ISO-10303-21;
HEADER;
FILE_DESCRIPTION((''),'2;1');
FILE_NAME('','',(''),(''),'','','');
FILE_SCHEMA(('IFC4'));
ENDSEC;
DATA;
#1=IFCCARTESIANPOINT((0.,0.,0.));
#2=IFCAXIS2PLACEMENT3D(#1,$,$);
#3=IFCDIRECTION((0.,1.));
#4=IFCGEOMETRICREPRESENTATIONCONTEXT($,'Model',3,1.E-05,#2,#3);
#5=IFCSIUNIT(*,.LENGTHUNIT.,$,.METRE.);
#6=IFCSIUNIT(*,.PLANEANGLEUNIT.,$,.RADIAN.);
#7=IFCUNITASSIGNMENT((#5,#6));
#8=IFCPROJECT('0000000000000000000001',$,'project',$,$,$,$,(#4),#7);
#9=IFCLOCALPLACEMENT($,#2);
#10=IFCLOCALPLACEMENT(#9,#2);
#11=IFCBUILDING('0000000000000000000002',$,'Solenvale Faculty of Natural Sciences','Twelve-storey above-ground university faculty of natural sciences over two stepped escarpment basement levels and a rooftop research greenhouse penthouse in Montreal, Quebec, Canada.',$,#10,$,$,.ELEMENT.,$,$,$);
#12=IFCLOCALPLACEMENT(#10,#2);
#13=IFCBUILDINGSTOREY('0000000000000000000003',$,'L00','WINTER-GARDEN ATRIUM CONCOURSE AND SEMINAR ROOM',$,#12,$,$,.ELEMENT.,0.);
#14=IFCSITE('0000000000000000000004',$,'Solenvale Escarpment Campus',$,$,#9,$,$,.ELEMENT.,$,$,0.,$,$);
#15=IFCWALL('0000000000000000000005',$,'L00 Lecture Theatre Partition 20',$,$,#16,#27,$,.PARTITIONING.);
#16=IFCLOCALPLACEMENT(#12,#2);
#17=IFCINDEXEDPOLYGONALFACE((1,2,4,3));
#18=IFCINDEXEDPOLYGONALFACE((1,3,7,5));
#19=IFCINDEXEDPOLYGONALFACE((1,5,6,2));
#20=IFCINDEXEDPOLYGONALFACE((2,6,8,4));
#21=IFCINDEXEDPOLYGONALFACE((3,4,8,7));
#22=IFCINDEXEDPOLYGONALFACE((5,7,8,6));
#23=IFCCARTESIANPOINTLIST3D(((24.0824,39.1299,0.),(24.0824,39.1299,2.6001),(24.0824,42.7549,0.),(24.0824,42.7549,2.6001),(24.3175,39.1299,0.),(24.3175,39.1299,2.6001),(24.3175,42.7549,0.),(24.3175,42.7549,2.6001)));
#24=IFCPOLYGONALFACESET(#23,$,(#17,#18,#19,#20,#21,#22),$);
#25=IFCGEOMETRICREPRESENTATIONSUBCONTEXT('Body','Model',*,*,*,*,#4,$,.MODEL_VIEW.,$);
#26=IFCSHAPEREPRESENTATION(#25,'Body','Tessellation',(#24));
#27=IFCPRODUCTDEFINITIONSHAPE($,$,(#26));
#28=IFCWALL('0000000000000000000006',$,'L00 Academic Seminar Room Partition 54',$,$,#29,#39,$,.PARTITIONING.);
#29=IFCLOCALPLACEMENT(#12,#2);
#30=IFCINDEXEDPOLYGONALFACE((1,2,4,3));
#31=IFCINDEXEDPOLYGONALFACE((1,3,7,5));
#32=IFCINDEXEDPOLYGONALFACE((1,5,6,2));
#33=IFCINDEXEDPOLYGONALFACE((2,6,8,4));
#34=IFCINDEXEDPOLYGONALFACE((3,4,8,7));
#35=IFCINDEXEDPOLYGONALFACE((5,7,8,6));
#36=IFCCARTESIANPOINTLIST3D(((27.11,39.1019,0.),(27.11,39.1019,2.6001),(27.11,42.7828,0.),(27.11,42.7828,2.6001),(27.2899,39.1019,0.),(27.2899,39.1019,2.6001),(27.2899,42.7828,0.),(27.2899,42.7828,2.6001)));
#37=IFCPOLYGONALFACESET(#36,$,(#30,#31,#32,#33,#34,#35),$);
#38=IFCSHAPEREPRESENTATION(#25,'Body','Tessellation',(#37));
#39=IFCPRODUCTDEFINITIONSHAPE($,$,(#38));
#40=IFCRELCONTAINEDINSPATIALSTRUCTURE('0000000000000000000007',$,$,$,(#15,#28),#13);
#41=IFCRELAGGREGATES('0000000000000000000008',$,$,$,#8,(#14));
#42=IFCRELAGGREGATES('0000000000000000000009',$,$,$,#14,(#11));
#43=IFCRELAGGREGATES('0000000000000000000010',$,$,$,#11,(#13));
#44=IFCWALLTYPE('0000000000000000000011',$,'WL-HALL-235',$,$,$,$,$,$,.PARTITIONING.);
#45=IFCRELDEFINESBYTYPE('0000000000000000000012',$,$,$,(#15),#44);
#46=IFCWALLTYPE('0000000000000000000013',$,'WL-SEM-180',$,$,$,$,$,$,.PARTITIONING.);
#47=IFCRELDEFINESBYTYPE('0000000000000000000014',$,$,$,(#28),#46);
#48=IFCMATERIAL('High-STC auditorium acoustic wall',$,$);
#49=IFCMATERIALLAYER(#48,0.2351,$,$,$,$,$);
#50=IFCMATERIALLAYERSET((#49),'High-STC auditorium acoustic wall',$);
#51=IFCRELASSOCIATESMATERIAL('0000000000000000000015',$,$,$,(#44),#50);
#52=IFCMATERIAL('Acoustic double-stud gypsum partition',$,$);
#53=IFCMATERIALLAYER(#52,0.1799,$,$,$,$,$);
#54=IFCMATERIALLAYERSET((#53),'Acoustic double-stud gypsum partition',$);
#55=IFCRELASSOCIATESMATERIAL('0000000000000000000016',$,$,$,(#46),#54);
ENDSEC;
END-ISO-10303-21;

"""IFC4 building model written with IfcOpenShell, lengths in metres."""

from ifc_helpers import new_model, si_unit, direction, frame, frame_2d, origin, place, context, subcontext, project, spatial, rectangle, extrude, material, layer, layer_set, type_object, element, save


model = new_model("IFC4")

# Units and contexts
model_context = context("Model", 3, precision=1e-05, world=origin(), true_north=direction((0.0, 1.0)))
body_context = subcontext(model_context, "Body", "Model", "MODEL_VIEW")
ifc_project = project(units=[si_unit("LENGTHUNIT", "METRE"), si_unit("PLANEANGLEUNIT", "RADIAN")], contexts=[model_context])

# Site, building, storey
site_placement = place(None, origin())
site = spatial("IfcSite", under=ifc_project, at=site_placement, Name="Solenvale Escarpment Campus", CompositionType="ELEMENT", RefElevation=0.0)
building_placement = place(site_placement, origin())
building = spatial("IfcBuilding", under=site, at=building_placement, Name="Solenvale Faculty of Natural Sciences", Description="Twelve-storey above-ground university faculty of natural sciences over two stepped escarpment basement levels and a rooftop research greenhouse penthouse in Montreal, Quebec, Canada.", CompositionType="ELEMENT")
storey_placement = place(building_placement, origin())
storey = spatial("IfcBuildingStorey", under=building, at=storey_placement, Name="L00", Description="WINTER-GARDEN ATRIUM CONCOURSE AND SEMINAR ROOM", CompositionType="ELEMENT", Elevation=0.0)

# Shared definitions
ifc_material_1 = material(Name="High-STC auditorium acoustic wall")
ifc_layer_1 = layer(ifc_material_1, 0.2351)
ifc_layer_set_1 = layer_set([ifc_layer_1], Name="High-STC auditorium acoustic wall")
wall_type_1 = type_object("IfcWallType", Name="WL-HALL-235", PredefinedType="PARTITIONING", material=ifc_layer_set_1)

# Walls
wall_1_placement = place(storey_placement, frame((24.2, 42.7549, 0.0), z_axis=(0.0, 0.0, 1.0), x_axis=(0.0, -1.0, 0.0)))
element("IfcWall", 1, at=wall_1_placement, inside=storey, type_object=wall_type_1, Name="L00 Lecture Theatre Partition 20", PredefinedType="PARTITIONING", context=body_context, shape_type="SweptSolid", body=[
    extrude(rectangle(XDim=3.625, YDim=0.2351, at=frame_2d((1.8125, 0.0))), origin(), (0.0, 0.0, 1.0), 2.6001),
])
ifc_material_2 = material(Name="Acoustic double-stud gypsum partition")
ifc_layer_2 = layer(ifc_material_2, 0.1799)
ifc_layer_set_2 = layer_set([ifc_layer_2], Name="Acoustic double-stud gypsum partition")
wall_type_2 = type_object("IfcWallType", Name="WL-SEM-180", PredefinedType="PARTITIONING", material=ifc_layer_set_2)
wall_2_placement = place(storey_placement, frame((27.2, 39.1021, 0.0), z_axis=(0.0, 0.0, 1.0), x_axis=(0.0, 1.0, 0.0)))
element("IfcWall", 2, at=wall_2_placement, inside=storey, type_object=wall_type_2, Name="L00 Academic Seminar Room Partition 54", PredefinedType="PARTITIONING", context=body_context, shape_type="SweptSolid", body=[
    extrude(rectangle(XDim=3.6809, YDim=0.1799, at=frame_2d((1.8403, 0.0))), origin(), (0.0, 0.0, 1.0), 2.6001),
])

save(model, "model.ifc")
